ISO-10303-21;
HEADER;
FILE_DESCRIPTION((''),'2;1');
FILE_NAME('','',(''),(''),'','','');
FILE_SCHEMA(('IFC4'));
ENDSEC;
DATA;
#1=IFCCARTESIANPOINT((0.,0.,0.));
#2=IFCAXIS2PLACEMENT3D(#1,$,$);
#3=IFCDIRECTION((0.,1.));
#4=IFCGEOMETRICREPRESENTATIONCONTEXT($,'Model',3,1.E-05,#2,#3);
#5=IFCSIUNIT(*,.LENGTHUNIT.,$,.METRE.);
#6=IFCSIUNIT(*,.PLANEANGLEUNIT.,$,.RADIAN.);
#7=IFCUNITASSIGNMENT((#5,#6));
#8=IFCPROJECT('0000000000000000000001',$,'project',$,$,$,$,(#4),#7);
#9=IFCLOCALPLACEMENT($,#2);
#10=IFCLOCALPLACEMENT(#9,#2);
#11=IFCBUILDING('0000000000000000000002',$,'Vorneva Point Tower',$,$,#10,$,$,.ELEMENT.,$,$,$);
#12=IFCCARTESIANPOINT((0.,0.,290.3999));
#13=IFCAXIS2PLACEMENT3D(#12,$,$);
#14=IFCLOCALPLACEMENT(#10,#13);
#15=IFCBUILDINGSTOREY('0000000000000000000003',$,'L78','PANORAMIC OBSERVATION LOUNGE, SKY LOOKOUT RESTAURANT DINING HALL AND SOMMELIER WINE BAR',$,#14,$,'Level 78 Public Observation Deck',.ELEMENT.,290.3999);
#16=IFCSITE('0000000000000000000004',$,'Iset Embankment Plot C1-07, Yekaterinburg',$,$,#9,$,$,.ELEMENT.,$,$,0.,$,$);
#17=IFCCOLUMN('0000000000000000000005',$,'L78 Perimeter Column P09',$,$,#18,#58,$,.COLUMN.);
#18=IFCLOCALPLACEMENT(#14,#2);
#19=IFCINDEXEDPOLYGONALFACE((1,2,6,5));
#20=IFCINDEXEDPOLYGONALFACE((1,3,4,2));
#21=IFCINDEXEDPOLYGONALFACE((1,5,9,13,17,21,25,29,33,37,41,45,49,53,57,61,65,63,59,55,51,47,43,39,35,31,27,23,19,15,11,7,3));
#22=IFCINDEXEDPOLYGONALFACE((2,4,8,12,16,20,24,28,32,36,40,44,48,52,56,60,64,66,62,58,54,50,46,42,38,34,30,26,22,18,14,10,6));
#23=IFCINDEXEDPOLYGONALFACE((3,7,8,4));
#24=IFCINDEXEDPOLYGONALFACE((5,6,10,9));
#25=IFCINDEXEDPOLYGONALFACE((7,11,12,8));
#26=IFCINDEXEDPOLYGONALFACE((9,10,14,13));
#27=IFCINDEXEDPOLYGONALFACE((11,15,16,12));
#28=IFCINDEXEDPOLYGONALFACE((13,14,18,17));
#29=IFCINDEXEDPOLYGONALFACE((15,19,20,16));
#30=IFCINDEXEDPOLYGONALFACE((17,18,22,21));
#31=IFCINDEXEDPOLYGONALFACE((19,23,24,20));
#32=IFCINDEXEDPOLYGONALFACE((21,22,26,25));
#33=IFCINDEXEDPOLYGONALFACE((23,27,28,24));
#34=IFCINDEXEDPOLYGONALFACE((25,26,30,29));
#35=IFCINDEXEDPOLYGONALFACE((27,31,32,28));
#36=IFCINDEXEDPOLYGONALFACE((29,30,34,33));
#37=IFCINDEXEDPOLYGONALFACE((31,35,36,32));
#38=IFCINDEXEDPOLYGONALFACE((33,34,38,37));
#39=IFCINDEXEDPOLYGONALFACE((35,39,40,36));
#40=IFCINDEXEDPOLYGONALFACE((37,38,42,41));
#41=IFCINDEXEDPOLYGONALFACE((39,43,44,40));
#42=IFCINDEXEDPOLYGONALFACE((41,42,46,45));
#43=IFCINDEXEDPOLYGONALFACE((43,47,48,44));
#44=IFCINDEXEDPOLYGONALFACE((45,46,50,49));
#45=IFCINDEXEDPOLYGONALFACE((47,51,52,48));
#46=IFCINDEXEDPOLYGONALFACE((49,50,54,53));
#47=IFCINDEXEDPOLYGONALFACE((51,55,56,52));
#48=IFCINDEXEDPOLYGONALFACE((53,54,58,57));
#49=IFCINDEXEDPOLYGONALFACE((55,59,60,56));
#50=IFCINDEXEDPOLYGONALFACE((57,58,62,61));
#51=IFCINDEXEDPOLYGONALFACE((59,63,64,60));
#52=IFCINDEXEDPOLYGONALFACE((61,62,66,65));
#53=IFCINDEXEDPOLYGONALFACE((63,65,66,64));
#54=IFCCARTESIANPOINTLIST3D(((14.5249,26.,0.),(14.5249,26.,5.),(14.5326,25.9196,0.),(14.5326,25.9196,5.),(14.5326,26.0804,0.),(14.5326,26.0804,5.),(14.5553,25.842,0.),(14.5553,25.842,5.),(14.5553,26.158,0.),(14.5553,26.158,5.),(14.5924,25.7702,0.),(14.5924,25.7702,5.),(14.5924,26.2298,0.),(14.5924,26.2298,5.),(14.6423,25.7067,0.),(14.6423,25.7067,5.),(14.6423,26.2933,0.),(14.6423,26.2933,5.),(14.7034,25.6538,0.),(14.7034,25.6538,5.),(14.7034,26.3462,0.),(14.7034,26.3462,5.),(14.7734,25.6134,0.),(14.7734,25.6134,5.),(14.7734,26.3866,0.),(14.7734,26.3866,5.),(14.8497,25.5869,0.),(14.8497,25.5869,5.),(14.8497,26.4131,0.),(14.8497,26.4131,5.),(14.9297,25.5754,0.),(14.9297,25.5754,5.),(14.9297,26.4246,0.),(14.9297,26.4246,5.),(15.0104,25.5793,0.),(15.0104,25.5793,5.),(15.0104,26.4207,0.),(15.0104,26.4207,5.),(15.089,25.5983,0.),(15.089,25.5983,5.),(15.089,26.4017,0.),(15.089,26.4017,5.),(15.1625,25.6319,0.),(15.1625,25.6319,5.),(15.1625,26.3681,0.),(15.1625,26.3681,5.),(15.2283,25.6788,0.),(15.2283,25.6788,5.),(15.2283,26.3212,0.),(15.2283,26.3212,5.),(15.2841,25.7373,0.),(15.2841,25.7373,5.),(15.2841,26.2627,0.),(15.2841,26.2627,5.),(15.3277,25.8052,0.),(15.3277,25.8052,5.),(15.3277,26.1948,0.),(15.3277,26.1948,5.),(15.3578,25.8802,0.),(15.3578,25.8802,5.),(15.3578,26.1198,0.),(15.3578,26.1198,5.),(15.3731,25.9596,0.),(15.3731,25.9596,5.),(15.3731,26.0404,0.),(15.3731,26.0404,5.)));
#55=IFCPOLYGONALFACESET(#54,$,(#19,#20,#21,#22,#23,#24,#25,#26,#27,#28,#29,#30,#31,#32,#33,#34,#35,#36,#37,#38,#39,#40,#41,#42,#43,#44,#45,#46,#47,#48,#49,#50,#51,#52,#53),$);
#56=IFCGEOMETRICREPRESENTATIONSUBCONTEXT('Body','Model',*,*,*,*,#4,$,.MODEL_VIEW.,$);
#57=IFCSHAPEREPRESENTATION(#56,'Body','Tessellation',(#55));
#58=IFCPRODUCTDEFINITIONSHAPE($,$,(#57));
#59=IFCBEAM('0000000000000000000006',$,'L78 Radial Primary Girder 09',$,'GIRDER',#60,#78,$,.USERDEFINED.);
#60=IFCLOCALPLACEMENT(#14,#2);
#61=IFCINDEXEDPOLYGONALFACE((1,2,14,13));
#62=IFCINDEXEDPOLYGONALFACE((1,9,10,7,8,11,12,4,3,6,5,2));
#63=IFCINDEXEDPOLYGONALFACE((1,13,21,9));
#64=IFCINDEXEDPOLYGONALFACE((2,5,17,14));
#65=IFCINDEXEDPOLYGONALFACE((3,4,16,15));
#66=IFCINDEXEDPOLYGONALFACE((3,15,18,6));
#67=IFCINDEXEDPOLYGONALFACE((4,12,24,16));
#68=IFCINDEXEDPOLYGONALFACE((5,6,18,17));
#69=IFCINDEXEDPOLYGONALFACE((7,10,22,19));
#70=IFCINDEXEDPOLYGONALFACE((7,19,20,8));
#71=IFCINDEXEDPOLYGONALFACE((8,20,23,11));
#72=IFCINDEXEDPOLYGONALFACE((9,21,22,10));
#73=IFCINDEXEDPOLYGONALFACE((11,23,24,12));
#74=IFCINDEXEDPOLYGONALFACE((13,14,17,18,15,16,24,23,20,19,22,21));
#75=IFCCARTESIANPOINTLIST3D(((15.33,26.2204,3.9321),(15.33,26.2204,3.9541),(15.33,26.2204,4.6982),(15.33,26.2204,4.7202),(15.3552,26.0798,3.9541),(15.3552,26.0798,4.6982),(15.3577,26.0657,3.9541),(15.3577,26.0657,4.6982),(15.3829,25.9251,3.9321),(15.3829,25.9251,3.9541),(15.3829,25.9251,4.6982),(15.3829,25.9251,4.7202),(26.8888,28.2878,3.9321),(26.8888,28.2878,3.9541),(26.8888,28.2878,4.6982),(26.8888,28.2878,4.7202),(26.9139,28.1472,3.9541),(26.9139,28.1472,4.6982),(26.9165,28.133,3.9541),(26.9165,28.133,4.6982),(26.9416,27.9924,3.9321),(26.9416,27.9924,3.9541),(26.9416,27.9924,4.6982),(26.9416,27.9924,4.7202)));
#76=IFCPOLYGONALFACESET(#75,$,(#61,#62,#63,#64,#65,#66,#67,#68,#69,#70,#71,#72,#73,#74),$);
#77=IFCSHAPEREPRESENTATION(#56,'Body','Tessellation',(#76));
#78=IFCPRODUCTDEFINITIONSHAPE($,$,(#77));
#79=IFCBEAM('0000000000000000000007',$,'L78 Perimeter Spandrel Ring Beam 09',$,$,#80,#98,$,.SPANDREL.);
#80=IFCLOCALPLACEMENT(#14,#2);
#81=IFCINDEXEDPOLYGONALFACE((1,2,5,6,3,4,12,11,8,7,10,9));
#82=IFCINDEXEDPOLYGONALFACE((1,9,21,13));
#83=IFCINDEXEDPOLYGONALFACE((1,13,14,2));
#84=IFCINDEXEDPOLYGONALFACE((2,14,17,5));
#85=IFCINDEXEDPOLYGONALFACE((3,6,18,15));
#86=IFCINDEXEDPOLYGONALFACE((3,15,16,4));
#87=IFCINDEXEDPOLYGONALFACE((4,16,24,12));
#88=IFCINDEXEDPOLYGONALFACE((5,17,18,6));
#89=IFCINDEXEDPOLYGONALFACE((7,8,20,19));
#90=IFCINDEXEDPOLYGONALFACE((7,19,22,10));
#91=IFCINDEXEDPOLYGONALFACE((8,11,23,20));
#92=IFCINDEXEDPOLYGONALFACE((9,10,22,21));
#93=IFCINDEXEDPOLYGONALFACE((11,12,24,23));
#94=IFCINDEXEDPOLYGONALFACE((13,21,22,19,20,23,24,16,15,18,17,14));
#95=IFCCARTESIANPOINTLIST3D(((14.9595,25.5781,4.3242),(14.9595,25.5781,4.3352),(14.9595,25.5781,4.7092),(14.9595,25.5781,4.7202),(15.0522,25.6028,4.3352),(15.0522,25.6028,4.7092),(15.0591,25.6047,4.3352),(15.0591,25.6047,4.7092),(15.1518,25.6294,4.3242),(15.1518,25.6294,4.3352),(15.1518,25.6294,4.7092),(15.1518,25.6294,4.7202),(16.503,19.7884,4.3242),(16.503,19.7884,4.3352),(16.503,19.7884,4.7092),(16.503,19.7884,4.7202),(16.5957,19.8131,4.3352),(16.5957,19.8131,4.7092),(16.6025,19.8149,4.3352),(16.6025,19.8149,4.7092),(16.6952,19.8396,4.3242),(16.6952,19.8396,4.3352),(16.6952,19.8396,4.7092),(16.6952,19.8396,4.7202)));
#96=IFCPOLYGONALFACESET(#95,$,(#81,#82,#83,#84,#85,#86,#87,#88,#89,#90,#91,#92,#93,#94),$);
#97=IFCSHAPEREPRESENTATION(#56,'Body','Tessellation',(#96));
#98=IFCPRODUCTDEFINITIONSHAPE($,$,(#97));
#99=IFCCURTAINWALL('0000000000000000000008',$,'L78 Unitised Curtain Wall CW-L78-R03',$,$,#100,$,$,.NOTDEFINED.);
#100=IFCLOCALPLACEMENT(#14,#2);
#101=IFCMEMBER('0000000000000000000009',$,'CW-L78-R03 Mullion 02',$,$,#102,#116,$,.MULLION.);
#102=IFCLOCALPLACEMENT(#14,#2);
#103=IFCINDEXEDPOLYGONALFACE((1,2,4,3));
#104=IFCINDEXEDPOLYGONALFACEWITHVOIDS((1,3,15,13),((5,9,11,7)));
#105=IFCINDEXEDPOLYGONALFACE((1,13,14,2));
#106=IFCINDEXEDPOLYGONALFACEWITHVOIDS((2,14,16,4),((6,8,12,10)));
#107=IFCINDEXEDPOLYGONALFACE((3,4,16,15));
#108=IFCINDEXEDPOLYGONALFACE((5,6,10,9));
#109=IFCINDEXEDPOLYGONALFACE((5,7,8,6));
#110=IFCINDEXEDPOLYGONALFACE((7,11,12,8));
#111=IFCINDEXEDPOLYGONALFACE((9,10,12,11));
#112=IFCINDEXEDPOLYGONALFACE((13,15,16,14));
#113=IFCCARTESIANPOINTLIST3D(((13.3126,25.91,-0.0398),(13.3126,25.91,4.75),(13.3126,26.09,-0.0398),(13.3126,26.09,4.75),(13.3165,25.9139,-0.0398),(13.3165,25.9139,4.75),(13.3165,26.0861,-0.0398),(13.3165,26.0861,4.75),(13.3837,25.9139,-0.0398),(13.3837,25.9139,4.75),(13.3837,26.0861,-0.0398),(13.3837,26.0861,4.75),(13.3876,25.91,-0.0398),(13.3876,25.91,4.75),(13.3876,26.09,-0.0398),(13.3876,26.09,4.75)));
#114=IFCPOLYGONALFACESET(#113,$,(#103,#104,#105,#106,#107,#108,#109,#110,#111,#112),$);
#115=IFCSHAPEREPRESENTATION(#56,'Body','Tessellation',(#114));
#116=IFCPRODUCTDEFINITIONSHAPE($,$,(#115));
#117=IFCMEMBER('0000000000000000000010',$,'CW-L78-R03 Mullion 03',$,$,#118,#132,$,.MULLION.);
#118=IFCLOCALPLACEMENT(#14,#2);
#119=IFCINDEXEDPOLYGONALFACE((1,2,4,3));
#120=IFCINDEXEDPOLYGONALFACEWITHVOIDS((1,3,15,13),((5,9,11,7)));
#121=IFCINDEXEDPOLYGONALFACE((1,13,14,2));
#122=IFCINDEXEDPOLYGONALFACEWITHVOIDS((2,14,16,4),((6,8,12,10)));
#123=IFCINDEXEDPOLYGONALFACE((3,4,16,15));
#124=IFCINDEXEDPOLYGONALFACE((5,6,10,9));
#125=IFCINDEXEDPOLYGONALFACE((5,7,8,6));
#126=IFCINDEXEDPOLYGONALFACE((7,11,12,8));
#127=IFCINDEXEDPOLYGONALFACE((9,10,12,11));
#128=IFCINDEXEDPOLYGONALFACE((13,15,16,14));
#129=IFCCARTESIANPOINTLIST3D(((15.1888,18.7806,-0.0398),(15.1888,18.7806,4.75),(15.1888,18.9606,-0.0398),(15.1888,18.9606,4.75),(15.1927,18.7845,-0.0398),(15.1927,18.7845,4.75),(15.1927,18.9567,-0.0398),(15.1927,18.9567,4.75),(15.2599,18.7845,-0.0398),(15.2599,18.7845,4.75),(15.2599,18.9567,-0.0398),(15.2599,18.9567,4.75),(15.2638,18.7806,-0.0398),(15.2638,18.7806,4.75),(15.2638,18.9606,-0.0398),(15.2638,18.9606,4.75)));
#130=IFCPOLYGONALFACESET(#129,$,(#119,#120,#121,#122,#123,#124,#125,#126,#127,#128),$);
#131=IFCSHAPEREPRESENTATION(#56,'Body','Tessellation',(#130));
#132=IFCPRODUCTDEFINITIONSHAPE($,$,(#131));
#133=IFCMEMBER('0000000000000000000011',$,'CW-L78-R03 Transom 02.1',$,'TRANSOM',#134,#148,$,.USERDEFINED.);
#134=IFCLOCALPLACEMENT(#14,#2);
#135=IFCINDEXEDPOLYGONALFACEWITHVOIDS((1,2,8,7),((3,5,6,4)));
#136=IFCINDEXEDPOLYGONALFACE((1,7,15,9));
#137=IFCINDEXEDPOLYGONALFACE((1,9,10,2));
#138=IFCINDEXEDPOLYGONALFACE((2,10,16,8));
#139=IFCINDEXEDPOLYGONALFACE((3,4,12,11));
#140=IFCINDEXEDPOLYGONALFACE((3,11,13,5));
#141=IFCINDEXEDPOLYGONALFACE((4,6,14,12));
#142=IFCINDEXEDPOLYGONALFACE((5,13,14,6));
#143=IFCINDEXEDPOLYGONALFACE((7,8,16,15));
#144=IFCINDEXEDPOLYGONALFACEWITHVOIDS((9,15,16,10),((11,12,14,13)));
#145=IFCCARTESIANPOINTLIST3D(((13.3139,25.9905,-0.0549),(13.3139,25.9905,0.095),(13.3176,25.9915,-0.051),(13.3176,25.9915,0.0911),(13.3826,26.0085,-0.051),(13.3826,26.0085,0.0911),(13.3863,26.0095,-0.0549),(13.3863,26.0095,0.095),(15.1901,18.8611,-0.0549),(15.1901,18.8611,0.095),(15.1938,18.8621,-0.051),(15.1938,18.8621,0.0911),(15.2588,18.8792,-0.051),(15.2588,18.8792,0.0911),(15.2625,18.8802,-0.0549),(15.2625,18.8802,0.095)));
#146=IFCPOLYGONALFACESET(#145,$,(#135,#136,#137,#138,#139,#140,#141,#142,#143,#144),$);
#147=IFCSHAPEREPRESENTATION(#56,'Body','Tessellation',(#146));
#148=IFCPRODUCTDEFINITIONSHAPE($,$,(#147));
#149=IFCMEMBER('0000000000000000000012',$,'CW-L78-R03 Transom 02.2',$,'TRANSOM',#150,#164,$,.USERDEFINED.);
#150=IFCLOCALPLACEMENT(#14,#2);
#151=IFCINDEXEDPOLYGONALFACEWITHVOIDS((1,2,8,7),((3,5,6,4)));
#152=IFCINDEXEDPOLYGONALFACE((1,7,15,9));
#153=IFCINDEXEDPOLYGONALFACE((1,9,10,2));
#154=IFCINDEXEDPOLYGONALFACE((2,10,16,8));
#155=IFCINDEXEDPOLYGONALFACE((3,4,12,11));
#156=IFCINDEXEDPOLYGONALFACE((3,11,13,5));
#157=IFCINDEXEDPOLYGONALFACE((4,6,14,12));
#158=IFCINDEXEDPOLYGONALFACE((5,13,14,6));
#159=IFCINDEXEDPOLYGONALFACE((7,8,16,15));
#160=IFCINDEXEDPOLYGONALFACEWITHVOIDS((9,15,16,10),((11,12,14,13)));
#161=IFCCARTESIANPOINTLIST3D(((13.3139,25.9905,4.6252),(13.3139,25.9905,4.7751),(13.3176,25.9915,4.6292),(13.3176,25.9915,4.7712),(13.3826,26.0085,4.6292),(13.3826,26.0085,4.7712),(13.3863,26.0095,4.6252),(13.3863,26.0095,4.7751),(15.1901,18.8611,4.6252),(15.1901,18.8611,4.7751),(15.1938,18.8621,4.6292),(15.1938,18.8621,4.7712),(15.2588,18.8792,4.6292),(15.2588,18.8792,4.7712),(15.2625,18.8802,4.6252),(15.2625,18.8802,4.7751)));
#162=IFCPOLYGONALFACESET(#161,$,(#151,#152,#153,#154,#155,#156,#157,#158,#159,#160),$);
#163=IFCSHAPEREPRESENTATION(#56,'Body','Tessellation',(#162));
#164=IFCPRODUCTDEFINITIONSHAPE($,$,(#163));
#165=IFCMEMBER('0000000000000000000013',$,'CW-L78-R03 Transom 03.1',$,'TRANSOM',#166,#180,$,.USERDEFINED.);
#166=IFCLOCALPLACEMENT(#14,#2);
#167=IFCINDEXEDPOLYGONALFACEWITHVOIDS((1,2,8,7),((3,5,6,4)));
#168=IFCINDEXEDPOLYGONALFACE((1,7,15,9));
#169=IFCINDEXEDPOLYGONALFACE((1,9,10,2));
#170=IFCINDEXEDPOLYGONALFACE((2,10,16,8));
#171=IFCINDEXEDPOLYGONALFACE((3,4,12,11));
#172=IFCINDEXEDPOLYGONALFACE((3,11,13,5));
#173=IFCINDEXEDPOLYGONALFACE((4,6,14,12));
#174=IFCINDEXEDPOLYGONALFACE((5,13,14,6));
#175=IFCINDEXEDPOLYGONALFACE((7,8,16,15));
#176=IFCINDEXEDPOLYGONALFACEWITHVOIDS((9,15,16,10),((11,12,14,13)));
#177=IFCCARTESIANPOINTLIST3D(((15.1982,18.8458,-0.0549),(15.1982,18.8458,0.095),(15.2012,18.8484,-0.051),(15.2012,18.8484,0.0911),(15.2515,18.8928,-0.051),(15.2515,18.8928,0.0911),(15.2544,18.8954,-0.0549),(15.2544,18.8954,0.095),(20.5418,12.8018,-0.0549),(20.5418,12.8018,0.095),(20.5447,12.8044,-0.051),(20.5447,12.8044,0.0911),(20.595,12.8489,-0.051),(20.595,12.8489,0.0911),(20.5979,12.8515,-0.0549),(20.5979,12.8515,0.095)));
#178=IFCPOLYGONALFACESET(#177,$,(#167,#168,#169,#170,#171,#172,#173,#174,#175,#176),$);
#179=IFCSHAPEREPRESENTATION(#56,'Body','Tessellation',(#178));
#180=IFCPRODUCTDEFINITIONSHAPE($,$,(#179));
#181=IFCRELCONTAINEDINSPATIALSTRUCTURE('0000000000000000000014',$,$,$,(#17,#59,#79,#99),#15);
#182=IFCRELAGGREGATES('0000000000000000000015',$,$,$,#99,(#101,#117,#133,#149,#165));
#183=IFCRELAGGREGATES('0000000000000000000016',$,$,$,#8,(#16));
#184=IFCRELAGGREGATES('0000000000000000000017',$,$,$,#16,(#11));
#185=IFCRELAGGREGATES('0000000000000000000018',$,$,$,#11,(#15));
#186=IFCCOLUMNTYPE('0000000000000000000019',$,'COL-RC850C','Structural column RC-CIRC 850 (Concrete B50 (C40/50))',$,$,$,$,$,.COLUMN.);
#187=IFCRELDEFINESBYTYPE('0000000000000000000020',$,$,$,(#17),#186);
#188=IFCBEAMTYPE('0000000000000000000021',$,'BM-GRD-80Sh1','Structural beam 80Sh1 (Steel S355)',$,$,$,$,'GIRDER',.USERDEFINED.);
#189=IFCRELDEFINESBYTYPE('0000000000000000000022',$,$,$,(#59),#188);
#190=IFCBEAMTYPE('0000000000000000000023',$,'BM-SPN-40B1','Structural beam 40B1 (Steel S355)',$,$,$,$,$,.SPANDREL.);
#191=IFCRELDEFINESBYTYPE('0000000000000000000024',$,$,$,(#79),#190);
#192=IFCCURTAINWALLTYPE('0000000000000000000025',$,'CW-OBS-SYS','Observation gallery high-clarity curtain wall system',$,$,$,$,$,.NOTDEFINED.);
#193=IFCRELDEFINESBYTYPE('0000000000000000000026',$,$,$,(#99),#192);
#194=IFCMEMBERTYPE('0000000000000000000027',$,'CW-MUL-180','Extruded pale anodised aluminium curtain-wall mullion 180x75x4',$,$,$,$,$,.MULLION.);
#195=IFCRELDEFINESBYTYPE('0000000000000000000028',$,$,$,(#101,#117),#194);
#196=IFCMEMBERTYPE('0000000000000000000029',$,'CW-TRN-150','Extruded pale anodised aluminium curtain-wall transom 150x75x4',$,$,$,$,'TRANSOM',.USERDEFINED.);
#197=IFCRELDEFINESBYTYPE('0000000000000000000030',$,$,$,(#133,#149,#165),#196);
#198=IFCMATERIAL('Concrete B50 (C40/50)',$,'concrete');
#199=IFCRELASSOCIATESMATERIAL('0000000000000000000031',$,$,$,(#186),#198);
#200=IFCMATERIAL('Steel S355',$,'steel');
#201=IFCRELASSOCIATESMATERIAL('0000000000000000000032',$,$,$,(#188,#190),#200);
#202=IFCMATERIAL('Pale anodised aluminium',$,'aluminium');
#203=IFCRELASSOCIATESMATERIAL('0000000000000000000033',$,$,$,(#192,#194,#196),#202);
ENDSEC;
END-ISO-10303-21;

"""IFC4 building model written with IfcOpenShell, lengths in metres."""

from ifc_helpers import new_model, si_unit, direction, frame, origin, origin_2d, place, context, subcontext, project, spatial, hollow_rectangle, circle, i_section, extrude, material, material_profile, profile_set, type_object, element, aggregate, save


model = new_model("IFC4")

# Units and contexts
model_context = context("Model", 3, precision=1e-05, world=origin(), true_north=direction((0.0, 1.0)))
body_context = subcontext(model_context, "Body", "Model", "MODEL_VIEW")
ifc_project = project(units=[si_unit("LENGTHUNIT", "METRE"), si_unit("PLANEANGLEUNIT", "RADIAN")], contexts=[model_context])

# Site, building, storey
site_placement = place(None, origin())
site = spatial("IfcSite", under=ifc_project, at=site_placement, Name="Iset Embankment Plot C1-07, Yekaterinburg", CompositionType="ELEMENT", RefElevation=0.0)
building_placement = place(site_placement, origin())
building = spatial("IfcBuilding", under=site, at=building_placement, Name="Vorneva Point Tower", CompositionType="ELEMENT")
storey_placement = place(building_placement, frame((0.0, 0.0, 290.3999)))
storey = spatial("IfcBuildingStorey", under=building, at=storey_placement, Name="L78", Description="PANORAMIC OBSERVATION LOUNGE, SKY LOOKOUT RESTAURANT DINING HALL AND SOMMELIER WINE BAR", LongName="Level 78 Public Observation Deck", CompositionType="ELEMENT", Elevation=290.3999)

# Column
ifc_material_1 = material(Name="Concrete B50 (C40/50)", Category="concrete")
ifc_material_profile_1 = material_profile(ifc_material_1, circle(Radius=0.425, at=origin_2d()), Name="RC-CIRC 850")
ifc_profile_set_1 = profile_set([ifc_material_profile_1], Name="Concrete B50 (C40/50)")
column_type = type_object("IfcColumnType", Name="COL-RC850C", Description="Structural column RC-CIRC 850 (Concrete B50 (C40/50))", PredefinedType="COLUMN", material=ifc_profile_set_1)
column_placement = place(storey_placement, frame((14.95, 26.0, 0.0), z_axis=(0.0, 0.0, 1.0), x_axis=(-1.0, 0.0, 0.0)))
element("IfcColumn", 1, at=column_placement, inside=storey, type_object=column_type, Name="L78 Perimeter Column P09", PredefinedType="COLUMN", context=body_context, shape_type="SweptSolid", body=[
    extrude(circle(Radius=0.425, at=origin_2d()), origin(), (0.0, 0.0, 1.0), 5.0),
])

# Beams
ifc_material_2 = material(Name="Steel S355", Category="steel")
ifc_material_profile_2 = material_profile(ifc_material_2, i_section(OverallWidth=0.3, OverallDepth=0.7881, WebThickness=0.0144, FlangeThickness=0.022, at=origin_2d()), Name="80Sh1")
ifc_profile_set_2 = profile_set([ifc_material_profile_2], Name="Steel S355")
beam_type_1 = type_object("IfcBeamType", Name="BM-GRD-80Sh1", Description="Structural beam 80Sh1 (Steel S355)", ElementType="GIRDER", PredefinedType="USERDEFINED", material=ifc_profile_set_2)
beam_1_placement = place(storey_placement, frame((15.3564, 26.0728, 4.3262), z_axis=(0.984379, 0.176063, 0.0), x_axis=(-0.176063, 0.984379, 0.0)))
element("IfcBeam", 2, at=beam_1_placement, inside=storey, type_object=beam_type_1, Name="L78 Radial Primary Girder 09", ObjectType="GIRDER", PredefinedType="USERDEFINED", context=body_context, shape_type="SweptSolid", body=[
    extrude(i_section(OverallWidth=0.3, OverallDepth=0.7881, WebThickness=0.0144, FlangeThickness=0.022, at=origin_2d()), origin(), (0.0, 0.0, 1.0), 11.7422),
])
ifc_material_profile_3 = material_profile(ifc_material_2, i_section(OverallWidth=0.199, OverallDepth=0.396, WebThickness=0.0071, FlangeThickness=0.011, at=origin_2d()), Name="40B1")
ifc_profile_set_3 = profile_set([ifc_material_profile_3], Name="Steel S355")
beam_type_2 = type_object("IfcBeamType", Name="BM-SPN-40B1", Description="Structural beam 40B1 (Steel S355)", PredefinedType="SPANDREL", material=ifc_profile_set_3)
beam_2_placement = place(storey_placement, frame((15.0557, 25.6038, 4.5222), z_axis=(0.257587, -0.966255, 0.0), x_axis=(0.966255, 0.257587, 0.0)))
element("IfcBeam", 3, at=beam_2_placement, inside=storey, type_object=beam_type_2, Name="L78 Perimeter Spandrel Ring Beam 09", PredefinedType="SPANDREL", context=body_context, shape_type="SweptSolid", body=[
    extrude(i_section(OverallWidth=0.199, OverallDepth=0.396, WebThickness=0.0071, FlangeThickness=0.011, at=origin_2d()), origin(), (0.0, 0.0, 1.0), 5.9919),
])

# Curtain wall, members
ifc_material_3 = material(Name="Pale anodised aluminium", Category="aluminium")
curtain_wall_type = type_object("IfcCurtainWallType", Name="CW-OBS-SYS", Description="Observation gallery high-clarity curtain wall system", PredefinedType="NOTDEFINED", material=ifc_material_3)
curtain_wall_placement = place(storey_placement, origin())
curtain_wall = element("IfcCurtainWall", 4, at=curtain_wall_placement, inside=storey, type_object=curtain_wall_type, Name="L78 Unitised Curtain Wall CW-L78-R03", PredefinedType="NOTDEFINED")
ifc_material_profile_4 = material_profile(ifc_material_3, hollow_rectangle(XDim=0.075, YDim=0.1799, WallThickness=0.0039, at=origin_2d()), Name="AL-MUL 180x75x4")
ifc_profile_set_4 = profile_set([ifc_material_profile_4], Name="Pale anodised aluminium")
member_type_1 = type_object("IfcMemberType", Name="CW-MUL-180", Description="Extruded pale anodised aluminium curtain-wall mullion 180x75x4", PredefinedType="MULLION", material=ifc_profile_set_4)
member_1_placement = place(storey_placement, frame((13.3501, 26.0, -0.0398), z_axis=(0.0, 0.0, 1.0), x_axis=(1.0, 0.0, 0.0)))
member_1 = element("IfcMember", 5, at=member_1_placement, type_object=member_type_1, Name="CW-L78-R03 Mullion 02", PredefinedType="MULLION", context=body_context, shape_type="SweptSolid", body=[
    extrude(hollow_rectangle(XDim=0.075, YDim=0.1799, WallThickness=0.0039, at=origin_2d()), origin(), (0.0, 0.0, 1.0), 4.7898),
])
member_2_placement = place(storey_placement, frame((15.2263, 18.8706, -0.0398), z_axis=(0.0, 0.0, 1.0), x_axis=(1.0, 0.0, 0.0)))
member_2 = element("IfcMember", 6, at=member_2_placement, type_object=member_type_1, Name="CW-L78-R03 Mullion 03", PredefinedType="MULLION", context=body_context, shape_type="SweptSolid", body=[
    extrude(hollow_rectangle(XDim=0.075, YDim=0.1799, WallThickness=0.0039, at=origin_2d()), origin(), (0.0, 0.0, 1.0), 4.7898),
])
ifc_material_profile_5 = material_profile(ifc_material_3, hollow_rectangle(XDim=0.075, YDim=0.1499, WallThickness=0.0039, at=origin_2d()), Name="AL-TRN 150x75x4")
ifc_profile_set_5 = profile_set([ifc_material_profile_5], Name="Pale anodised aluminium")
member_type_2 = type_object("IfcMemberType", Name="CW-TRN-150", Description="Extruded pale anodised aluminium curtain-wall transom 150x75x4", ElementType="TRANSOM", PredefinedType="USERDEFINED", material=ifc_profile_set_5)
member_3_placement = place(storey_placement, frame((13.3501, 26.0, 0.02), z_axis=(0.254501, -0.967072, 0.0), x_axis=(0.967072, 0.254501, 0.0)))
member_3 = element("IfcMember", 7, at=member_3_placement, type_object=member_type_2, Name="CW-L78-R03 Transom 02.1", ObjectType="TRANSOM", PredefinedType="USERDEFINED", context=body_context, shape_type="SweptSolid", body=[
    extrude(hollow_rectangle(XDim=0.075, YDim=0.1499, WallThickness=0.0039, at=origin_2d()), origin(), (0.0, 0.0, 1.0), 7.3721),
])
member_4_placement = place(storey_placement, frame((13.3501, 26.0, 4.7002), z_axis=(0.254501, -0.967072, 0.0), x_axis=(0.967072, 0.254501, 0.0)))
member_4 = element("IfcMember", 8, at=member_4_placement, type_object=member_type_2, Name="CW-L78-R03 Transom 02.2", ObjectType="TRANSOM", PredefinedType="USERDEFINED", context=body_context, shape_type="SweptSolid", body=[
    extrude(hollow_rectangle(XDim=0.075, YDim=0.1499, WallThickness=0.0039, at=origin_2d()), origin(), (0.0, 0.0, 1.0), 7.3721),
])
member_5_placement = place(storey_placement, frame((15.2263, 18.8706, 0.02), z_axis=(0.662361, -0.749185, 0.0), x_axis=(0.749185, 0.662361, 0.0)))
member_5 = element("IfcMember", 9, at=member_5_placement, type_object=member_type_2, Name="CW-L78-R03 Transom 03.1", ObjectType="TRANSOM", PredefinedType="USERDEFINED", context=body_context, shape_type="SweptSolid", body=[
    extrude(hollow_rectangle(XDim=0.075, YDim=0.1499, WallThickness=0.0039, at=origin_2d()), origin(), (0.0, 0.0, 1.0), 8.0674),
])
aggregate(curtain_wall, [member_1, member_2, member_3, member_4, member_5])

save(model, "model.ifc")
